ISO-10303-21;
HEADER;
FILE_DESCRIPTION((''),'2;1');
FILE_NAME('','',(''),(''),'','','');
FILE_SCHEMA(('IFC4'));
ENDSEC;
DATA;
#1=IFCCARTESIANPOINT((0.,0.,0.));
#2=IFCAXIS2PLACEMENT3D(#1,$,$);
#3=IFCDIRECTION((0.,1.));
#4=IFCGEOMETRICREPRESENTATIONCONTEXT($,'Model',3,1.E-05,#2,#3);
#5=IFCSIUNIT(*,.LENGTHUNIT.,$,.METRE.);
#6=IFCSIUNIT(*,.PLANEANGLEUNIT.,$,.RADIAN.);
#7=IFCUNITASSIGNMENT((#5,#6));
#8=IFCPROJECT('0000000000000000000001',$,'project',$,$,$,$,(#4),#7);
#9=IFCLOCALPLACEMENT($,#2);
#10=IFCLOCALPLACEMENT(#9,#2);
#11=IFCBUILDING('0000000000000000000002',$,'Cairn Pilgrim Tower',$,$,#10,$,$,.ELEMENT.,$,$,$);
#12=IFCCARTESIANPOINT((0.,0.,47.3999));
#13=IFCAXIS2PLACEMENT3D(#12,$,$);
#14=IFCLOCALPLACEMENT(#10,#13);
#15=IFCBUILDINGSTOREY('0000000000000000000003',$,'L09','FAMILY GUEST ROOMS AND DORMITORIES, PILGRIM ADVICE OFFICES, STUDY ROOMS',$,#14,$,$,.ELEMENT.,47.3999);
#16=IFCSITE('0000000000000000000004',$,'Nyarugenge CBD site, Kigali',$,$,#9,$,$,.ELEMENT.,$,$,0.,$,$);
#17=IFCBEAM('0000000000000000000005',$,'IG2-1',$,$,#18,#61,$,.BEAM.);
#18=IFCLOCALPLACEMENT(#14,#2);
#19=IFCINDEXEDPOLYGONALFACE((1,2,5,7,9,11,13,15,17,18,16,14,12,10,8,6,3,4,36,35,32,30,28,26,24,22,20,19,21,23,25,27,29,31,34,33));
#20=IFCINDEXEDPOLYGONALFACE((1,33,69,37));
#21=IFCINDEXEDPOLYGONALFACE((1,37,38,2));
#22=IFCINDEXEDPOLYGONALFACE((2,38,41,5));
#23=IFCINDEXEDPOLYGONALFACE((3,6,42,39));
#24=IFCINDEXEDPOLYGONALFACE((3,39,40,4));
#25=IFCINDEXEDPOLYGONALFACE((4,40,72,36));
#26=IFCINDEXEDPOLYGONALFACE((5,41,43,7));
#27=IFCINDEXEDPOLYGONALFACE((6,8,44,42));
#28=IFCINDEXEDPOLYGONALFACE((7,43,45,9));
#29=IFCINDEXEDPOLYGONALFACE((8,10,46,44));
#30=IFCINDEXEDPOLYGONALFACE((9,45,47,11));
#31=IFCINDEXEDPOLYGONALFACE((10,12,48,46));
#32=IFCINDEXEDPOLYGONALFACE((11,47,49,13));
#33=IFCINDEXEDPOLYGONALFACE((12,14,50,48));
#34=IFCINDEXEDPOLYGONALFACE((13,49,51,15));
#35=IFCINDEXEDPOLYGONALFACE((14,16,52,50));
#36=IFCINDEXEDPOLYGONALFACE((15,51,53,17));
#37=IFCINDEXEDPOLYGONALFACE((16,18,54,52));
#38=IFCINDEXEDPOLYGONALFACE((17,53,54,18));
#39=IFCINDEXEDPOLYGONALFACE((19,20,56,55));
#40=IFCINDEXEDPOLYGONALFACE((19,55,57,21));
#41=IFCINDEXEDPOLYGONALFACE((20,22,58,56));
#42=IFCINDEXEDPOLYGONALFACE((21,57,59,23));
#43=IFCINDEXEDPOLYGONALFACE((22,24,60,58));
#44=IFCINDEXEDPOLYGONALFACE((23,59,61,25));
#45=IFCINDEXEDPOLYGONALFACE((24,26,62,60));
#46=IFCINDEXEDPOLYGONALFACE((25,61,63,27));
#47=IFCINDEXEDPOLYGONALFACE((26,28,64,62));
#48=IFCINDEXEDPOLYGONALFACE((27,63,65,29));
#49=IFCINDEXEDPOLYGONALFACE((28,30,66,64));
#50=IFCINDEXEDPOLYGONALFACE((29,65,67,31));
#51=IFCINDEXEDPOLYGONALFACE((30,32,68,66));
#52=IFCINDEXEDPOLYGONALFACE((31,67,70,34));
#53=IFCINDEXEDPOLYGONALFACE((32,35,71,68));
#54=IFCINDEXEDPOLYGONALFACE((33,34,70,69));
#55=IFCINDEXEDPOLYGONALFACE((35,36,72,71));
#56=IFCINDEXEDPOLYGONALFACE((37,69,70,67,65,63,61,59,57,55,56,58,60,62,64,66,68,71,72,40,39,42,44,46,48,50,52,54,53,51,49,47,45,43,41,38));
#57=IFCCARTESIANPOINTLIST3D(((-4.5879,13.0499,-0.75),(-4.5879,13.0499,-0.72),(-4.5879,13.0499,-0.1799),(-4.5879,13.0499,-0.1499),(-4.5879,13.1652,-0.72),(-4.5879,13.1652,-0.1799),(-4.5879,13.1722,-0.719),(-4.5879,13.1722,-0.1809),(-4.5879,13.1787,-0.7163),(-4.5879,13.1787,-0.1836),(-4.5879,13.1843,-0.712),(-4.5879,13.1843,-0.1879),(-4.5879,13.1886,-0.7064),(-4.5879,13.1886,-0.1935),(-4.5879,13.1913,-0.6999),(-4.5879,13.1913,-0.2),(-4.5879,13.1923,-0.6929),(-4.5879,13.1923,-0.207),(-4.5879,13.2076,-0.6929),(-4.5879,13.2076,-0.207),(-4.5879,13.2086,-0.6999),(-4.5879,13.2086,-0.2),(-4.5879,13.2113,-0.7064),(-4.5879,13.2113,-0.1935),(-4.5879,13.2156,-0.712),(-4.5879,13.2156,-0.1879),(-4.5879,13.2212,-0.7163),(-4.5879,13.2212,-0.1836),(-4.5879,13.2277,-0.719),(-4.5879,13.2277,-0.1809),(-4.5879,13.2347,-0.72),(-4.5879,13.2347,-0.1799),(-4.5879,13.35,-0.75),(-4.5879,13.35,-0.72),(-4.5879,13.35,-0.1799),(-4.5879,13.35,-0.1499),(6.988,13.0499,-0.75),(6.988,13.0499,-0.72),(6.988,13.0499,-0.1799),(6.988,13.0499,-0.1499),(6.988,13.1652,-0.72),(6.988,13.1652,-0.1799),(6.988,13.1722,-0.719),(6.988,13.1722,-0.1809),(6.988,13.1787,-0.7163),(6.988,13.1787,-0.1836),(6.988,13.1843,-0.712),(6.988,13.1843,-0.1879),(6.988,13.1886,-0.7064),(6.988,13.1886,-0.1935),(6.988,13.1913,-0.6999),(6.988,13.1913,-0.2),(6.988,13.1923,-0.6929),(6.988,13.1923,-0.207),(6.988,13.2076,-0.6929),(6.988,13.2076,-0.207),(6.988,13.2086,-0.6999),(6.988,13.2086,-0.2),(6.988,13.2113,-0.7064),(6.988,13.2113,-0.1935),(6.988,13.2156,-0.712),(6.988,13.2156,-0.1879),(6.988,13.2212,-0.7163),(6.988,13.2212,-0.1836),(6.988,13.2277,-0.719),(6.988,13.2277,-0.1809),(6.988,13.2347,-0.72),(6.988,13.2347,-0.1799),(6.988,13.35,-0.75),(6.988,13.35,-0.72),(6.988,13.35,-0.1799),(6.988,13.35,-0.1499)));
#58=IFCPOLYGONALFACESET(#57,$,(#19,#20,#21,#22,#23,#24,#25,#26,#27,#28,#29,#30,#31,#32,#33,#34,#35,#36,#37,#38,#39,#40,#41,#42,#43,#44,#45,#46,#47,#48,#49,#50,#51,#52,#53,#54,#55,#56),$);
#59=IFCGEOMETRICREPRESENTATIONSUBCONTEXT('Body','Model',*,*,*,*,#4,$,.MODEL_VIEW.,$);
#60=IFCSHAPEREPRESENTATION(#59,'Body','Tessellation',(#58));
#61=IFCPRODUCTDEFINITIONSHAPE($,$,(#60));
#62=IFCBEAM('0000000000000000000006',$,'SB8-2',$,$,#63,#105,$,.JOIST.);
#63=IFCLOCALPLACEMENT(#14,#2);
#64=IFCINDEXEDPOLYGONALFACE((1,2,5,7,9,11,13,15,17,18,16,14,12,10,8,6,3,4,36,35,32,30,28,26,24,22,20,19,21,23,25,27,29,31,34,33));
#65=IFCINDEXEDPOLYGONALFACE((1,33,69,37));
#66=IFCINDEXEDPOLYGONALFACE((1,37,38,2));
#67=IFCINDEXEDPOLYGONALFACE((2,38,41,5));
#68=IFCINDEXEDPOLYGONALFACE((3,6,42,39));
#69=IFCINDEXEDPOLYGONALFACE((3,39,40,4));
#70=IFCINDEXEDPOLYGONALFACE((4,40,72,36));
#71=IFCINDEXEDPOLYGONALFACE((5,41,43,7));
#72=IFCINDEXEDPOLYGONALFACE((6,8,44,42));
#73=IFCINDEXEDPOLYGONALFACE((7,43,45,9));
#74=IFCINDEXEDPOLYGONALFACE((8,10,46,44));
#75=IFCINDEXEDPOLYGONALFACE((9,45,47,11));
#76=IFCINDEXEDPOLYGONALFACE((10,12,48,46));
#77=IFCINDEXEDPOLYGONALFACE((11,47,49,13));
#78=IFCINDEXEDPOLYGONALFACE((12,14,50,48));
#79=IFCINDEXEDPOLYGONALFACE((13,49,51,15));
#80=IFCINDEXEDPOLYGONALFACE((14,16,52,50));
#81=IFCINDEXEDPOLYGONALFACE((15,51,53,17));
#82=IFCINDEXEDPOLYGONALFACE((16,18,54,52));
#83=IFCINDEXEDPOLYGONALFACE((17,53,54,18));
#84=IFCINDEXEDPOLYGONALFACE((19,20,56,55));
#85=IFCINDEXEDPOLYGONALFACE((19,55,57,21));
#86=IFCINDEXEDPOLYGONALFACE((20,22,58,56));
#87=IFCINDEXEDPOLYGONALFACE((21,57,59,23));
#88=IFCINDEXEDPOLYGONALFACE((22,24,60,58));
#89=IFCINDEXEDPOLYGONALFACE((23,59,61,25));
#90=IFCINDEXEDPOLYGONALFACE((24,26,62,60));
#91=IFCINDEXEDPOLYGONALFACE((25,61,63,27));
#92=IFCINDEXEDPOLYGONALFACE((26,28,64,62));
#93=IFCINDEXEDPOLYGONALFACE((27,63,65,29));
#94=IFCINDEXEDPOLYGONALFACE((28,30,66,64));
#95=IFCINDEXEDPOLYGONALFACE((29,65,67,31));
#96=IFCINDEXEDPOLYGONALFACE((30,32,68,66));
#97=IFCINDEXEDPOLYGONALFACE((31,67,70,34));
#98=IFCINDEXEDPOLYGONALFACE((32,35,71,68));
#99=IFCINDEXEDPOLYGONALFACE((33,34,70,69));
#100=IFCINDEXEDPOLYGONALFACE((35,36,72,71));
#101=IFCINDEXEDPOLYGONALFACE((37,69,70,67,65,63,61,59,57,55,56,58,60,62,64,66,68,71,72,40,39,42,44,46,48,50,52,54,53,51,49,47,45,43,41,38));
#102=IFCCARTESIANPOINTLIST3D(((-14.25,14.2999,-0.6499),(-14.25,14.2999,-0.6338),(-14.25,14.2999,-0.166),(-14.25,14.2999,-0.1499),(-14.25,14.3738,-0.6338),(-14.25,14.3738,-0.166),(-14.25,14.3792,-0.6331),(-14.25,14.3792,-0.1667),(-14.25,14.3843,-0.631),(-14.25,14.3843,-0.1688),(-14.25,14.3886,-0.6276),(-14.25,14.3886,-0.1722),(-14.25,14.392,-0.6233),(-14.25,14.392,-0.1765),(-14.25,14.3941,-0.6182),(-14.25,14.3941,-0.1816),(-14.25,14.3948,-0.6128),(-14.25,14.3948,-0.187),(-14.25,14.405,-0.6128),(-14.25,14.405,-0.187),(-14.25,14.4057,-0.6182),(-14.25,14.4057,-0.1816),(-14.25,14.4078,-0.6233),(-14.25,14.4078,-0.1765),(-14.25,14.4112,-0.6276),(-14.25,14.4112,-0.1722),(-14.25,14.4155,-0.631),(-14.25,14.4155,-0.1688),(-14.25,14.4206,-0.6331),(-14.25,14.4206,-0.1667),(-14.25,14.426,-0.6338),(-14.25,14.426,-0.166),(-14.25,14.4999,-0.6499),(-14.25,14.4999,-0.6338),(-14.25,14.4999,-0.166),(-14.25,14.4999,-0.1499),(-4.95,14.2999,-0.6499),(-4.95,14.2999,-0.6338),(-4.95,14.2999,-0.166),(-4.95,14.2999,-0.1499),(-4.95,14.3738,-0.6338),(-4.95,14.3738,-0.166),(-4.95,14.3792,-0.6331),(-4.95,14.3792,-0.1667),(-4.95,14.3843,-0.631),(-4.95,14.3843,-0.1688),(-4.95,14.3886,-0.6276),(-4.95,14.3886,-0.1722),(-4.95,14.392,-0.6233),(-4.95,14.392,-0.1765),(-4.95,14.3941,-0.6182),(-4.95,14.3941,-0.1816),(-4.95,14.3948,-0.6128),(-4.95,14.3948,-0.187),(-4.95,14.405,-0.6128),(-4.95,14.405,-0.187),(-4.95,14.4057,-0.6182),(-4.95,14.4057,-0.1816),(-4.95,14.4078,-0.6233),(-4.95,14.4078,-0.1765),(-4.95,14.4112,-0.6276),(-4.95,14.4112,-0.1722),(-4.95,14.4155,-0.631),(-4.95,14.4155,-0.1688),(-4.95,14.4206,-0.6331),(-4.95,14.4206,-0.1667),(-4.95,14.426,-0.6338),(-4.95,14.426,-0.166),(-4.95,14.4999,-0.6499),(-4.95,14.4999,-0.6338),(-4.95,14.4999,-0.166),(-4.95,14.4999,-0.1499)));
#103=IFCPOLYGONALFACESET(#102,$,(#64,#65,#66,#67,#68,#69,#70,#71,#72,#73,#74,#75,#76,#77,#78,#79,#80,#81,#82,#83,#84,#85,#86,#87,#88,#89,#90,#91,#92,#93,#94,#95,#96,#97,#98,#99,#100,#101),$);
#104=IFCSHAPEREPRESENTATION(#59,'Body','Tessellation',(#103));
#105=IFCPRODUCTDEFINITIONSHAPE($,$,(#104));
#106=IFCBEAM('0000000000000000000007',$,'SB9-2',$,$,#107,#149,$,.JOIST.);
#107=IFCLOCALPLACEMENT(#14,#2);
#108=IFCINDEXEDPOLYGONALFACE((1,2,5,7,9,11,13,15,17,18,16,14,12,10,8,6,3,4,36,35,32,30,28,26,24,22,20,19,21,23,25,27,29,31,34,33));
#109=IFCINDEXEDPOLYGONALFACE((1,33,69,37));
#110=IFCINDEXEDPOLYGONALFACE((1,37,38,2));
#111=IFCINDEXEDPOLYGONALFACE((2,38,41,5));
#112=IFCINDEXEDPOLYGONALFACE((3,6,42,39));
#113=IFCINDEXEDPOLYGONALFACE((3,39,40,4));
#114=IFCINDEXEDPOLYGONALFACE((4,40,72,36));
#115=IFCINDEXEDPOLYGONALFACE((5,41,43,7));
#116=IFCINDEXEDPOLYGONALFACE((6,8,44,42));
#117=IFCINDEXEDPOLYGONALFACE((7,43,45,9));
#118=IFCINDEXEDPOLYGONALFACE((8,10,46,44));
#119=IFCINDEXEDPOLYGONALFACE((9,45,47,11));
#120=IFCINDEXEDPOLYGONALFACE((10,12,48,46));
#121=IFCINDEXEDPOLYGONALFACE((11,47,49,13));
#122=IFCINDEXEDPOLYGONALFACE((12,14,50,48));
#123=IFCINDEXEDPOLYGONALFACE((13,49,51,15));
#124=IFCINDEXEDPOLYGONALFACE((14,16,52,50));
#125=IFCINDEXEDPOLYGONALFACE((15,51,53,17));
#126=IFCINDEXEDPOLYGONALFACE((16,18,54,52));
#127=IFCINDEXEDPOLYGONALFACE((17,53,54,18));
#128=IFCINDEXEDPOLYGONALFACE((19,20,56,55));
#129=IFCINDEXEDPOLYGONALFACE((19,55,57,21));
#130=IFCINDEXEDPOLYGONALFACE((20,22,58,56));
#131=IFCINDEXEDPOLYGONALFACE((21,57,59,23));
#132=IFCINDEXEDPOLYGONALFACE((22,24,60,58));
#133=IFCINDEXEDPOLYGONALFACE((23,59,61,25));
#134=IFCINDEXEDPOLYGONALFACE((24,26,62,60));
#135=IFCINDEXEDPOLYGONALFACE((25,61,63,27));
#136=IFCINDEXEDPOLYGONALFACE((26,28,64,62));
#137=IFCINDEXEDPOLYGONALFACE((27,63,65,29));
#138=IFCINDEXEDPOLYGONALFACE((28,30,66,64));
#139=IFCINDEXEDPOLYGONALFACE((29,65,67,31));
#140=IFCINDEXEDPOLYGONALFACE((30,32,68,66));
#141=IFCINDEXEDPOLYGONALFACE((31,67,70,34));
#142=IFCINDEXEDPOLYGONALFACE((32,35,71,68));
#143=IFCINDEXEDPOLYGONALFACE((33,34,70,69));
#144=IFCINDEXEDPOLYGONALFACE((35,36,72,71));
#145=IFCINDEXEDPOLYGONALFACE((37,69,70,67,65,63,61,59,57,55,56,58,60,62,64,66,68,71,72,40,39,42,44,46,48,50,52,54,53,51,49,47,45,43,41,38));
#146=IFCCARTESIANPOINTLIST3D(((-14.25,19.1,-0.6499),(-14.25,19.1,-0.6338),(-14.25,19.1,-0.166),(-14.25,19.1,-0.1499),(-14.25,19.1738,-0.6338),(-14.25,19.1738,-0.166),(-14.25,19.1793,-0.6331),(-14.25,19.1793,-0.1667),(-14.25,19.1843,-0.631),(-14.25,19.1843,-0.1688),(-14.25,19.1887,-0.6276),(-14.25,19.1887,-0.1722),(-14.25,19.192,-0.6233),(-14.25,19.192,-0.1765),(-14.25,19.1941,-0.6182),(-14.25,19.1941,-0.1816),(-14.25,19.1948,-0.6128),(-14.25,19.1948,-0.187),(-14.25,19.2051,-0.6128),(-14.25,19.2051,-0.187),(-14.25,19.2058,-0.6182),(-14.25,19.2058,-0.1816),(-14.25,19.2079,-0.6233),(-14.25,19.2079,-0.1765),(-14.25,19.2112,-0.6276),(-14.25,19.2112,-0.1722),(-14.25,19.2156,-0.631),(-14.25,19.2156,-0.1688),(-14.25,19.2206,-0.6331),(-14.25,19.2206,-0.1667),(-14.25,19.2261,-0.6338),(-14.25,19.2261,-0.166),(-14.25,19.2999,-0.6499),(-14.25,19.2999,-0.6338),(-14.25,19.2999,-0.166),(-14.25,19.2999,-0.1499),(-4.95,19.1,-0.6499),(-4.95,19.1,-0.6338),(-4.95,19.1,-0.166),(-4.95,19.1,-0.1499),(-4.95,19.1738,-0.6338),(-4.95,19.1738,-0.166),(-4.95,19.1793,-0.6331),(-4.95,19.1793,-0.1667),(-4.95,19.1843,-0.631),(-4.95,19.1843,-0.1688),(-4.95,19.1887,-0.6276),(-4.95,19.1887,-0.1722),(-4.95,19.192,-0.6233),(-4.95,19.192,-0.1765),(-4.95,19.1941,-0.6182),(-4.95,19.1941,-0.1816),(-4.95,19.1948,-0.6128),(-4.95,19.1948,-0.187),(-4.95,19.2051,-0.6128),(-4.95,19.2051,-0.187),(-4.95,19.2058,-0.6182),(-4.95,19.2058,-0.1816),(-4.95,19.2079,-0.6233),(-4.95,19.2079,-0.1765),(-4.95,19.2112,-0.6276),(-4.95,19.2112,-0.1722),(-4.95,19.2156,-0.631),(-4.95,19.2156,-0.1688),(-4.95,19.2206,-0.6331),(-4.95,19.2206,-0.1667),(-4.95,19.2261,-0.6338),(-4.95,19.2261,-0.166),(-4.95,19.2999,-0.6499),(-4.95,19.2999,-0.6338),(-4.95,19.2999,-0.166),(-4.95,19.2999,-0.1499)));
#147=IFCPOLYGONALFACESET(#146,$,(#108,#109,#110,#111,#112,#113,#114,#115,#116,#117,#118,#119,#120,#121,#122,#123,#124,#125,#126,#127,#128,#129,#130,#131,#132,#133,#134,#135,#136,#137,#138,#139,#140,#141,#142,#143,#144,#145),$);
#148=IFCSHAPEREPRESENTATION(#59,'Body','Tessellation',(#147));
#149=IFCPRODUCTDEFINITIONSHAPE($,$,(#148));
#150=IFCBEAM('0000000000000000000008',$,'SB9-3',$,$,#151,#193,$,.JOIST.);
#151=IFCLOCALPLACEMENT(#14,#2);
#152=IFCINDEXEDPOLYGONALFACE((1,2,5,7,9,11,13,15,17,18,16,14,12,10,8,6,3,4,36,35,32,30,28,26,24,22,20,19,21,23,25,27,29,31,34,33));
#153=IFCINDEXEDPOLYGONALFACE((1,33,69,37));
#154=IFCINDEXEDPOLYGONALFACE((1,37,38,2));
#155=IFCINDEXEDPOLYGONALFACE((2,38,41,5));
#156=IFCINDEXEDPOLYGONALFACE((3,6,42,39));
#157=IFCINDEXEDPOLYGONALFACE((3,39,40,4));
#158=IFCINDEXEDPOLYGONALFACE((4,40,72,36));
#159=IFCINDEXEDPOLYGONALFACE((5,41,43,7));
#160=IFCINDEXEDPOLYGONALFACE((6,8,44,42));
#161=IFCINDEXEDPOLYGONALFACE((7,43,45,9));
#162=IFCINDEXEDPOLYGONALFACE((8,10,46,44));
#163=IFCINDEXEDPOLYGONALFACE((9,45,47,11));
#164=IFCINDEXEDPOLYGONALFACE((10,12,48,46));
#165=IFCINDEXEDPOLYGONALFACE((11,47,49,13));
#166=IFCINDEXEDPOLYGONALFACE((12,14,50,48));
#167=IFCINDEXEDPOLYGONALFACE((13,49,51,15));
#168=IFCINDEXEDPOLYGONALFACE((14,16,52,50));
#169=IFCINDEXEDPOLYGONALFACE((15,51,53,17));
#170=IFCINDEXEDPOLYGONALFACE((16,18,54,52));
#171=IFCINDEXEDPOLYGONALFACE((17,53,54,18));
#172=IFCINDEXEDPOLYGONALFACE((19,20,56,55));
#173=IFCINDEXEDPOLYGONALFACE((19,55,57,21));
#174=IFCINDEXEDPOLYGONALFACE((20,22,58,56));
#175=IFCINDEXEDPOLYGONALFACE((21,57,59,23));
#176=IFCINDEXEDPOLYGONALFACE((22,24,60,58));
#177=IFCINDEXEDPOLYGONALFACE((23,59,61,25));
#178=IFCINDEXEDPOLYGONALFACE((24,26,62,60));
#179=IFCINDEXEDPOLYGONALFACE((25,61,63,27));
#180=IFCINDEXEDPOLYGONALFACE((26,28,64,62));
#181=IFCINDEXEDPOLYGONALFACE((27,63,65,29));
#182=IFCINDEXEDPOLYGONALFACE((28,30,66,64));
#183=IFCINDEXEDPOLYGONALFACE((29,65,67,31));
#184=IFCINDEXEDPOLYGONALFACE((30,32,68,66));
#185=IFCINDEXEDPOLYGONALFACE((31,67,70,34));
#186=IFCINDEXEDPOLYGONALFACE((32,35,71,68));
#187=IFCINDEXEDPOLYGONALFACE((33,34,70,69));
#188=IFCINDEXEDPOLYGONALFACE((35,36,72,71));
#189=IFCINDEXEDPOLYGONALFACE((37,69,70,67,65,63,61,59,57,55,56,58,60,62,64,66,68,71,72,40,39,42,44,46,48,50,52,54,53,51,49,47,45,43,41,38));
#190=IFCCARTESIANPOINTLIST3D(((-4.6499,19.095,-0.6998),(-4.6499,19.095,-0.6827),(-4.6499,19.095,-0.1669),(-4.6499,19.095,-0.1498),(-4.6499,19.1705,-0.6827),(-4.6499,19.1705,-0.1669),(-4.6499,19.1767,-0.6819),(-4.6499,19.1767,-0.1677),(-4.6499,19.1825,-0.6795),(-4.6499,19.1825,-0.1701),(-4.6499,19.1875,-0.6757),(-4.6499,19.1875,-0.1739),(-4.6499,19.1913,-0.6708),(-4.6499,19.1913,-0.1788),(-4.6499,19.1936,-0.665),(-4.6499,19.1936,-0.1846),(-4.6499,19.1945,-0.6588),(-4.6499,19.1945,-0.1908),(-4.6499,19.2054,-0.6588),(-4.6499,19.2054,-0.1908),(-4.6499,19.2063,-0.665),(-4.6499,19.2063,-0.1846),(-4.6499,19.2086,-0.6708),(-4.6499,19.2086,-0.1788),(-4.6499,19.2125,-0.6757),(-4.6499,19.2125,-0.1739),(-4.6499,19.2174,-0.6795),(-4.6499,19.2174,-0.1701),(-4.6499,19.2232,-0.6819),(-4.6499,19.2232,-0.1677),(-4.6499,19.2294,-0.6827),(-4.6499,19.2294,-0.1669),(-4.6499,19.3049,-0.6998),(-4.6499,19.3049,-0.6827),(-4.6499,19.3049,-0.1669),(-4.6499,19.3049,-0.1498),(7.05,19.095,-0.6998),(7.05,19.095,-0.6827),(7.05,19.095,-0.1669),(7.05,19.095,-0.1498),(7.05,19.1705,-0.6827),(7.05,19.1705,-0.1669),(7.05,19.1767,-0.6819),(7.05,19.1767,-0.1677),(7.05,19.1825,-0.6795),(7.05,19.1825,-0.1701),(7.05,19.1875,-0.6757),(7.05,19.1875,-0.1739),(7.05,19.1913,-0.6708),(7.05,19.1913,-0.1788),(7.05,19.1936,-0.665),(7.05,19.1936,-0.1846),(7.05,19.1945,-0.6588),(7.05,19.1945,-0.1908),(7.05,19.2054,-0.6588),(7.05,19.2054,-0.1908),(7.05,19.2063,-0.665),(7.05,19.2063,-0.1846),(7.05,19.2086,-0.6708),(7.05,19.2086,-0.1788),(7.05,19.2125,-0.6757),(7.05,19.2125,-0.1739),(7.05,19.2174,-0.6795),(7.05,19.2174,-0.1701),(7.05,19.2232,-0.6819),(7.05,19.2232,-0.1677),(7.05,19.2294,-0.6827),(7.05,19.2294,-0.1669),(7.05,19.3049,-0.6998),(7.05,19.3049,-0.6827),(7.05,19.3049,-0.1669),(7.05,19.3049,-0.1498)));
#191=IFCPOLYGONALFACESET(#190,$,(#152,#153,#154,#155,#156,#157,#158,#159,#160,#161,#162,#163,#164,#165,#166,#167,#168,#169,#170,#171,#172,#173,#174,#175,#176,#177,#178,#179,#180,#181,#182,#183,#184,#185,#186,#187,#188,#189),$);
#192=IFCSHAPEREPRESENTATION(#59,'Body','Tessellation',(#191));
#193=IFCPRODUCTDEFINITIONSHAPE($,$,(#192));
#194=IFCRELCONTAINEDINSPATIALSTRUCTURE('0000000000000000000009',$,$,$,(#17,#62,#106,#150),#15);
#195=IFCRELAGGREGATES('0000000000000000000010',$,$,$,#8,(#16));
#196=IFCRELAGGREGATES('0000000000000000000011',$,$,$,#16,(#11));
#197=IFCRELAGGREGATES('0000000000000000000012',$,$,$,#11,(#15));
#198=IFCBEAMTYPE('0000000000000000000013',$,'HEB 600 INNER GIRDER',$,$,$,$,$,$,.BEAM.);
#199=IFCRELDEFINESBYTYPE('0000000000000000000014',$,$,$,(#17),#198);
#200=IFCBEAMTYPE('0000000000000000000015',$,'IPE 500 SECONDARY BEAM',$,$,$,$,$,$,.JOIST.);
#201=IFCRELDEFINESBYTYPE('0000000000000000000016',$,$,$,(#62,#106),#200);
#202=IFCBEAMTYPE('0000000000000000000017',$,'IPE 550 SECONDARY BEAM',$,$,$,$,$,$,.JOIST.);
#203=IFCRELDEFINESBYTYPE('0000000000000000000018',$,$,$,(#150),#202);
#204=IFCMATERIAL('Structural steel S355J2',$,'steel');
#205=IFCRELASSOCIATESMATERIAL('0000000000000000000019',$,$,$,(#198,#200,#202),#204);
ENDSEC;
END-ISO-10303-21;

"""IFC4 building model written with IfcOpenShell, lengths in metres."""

from ifc_helpers import new_model, si_unit, direction, frame, origin, origin_2d, place, context, subcontext, project, spatial, i_section, extrude, material, material_profile, profile_set, type_object, element, save


model = new_model("IFC4")

# Units and contexts
model_context = context("Model", 3, precision=1e-05, world=origin(), true_north=direction((0.0, 1.0)))
body_context = subcontext(model_context, "Body", "Model", "MODEL_VIEW")
ifc_project = project(units=[si_unit("LENGTHUNIT", "METRE"), si_unit("PLANEANGLEUNIT", "RADIAN")], contexts=[model_context])

# Site, building, storey
site_placement = place(None, origin())
site = spatial("IfcSite", under=ifc_project, at=site_placement, Name="Nyarugenge CBD site, Kigali", CompositionType="ELEMENT", RefElevation=0.0)
building_placement = place(site_placement, origin())
building = spatial("IfcBuilding", under=site, at=building_placement, Name="Cairn Pilgrim Tower", CompositionType="ELEMENT")
storey_placement = place(building_placement, frame((0.0, 0.0, 47.3999)))
storey = spatial("IfcBuildingStorey", under=building, at=storey_placement, Name="L09", Description="FAMILY GUEST ROOMS AND DORMITORIES, PILGRIM ADVICE OFFICES, STUDY ROOMS", CompositionType="ELEMENT", Elevation=47.3999)

# Beams
ifc_material_1 = material(Name="Structural steel S355J2", Category="steel")
ifc_material_profile_1 = material_profile(ifc_material_1, i_section(OverallWidth=0.3, OverallDepth=0.6001, WebThickness=0.0154, FlangeThickness=0.03, FilletRadius=0.0271, at=origin_2d()), Name="HEB 600")
ifc_profile_set_1 = profile_set([ifc_material_profile_1], Name="Structural steel S355J2")
beam_type_1 = type_object("IfcBeamType", Name="HEB 600 INNER GIRDER", PredefinedType="BEAM", material=ifc_profile_set_1)
beam_1_placement = place(storey_placement, frame((-4.5879, 13.2, -0.45), z_axis=(1.0, 0.0, 0.0), x_axis=(0.0, 1.0, 0.0)))
element("IfcBeam", 1, at=beam_1_placement, inside=storey, type_object=beam_type_1, Name="IG2-1", PredefinedType="BEAM", context=body_context, shape_type="SweptSolid", body=[
    extrude(i_section(OverallWidth=0.3, OverallDepth=0.6001, WebThickness=0.0154, FlangeThickness=0.03, FilletRadius=0.0271, at=origin_2d()), origin(), (0.0, 0.0, 1.0), 11.5759),
])
ifc_material_profile_2 = material_profile(ifc_material_1, i_section(OverallWidth=0.2, OverallDepth=0.5, WebThickness=0.0103, FlangeThickness=0.0161, FilletRadius=0.021, at=origin_2d()), Name="IPE 500")
ifc_profile_set_2 = profile_set([ifc_material_profile_2], Name="Structural steel S355J2")
beam_type_2 = type_object("IfcBeamType", Name="IPE 500 SECONDARY BEAM", PredefinedType="JOIST", material=ifc_profile_set_2)
for number, where, z_axis, x_axis, name in (
    (2, (-14.25, 14.3999, -0.3999), (1.0, 0.0, 0.0), (0.0, 1.0, 0.0), "SB8-2"),
    (3, (-14.25, 19.2, -0.3999), (1.0, 0.0, 0.0), (0.0, 1.0, 0.0), "SB9-2"),
):
    element("IfcBeam", number, at=place(storey_placement, frame(where, z_axis=z_axis, x_axis=x_axis)), inside=storey, type_object=beam_type_2, Name=name, PredefinedType="JOIST", context=body_context, shape_type="SweptSolid", body=[
        extrude(i_section(OverallWidth=0.2, OverallDepth=0.5, WebThickness=0.0103, FlangeThickness=0.0161, FilletRadius=0.021, at=origin_2d()), origin(), (0.0, 0.0, 1.0), 9.3),
    ])
ifc_material_profile_3 = material_profile(ifc_material_1, i_section(OverallWidth=0.21, OverallDepth=0.55, WebThickness=0.011, FlangeThickness=0.0171, FilletRadius=0.0239, at=origin_2d()), Name="IPE 550")
ifc_profile_set_3 = profile_set([ifc_material_profile_3], Name="Structural steel S355J2")
beam_type_3 = type_object("IfcBeamType", Name="IPE 550 SECONDARY BEAM", PredefinedType="JOIST", material=ifc_profile_set_3)
beam_2_placement = place(storey_placement, frame((-4.6499, 19.2, -0.4248), z_axis=(1.0, 0.0, 0.0), x_axis=(0.0, 1.0, 0.0)))
element("IfcBeam", 4, at=beam_2_placement, inside=storey, type_object=beam_type_3, Name="SB9-3", PredefinedType="JOIST", context=body_context, shape_type="SweptSolid", body=[
    extrude(i_section(OverallWidth=0.21, OverallDepth=0.55, WebThickness=0.011, FlangeThickness=0.0171, FilletRadius=0.0239, at=origin_2d()), origin(), (0.0, 0.0, 1.0), 11.7),
])

save(model, "model.ifc")
